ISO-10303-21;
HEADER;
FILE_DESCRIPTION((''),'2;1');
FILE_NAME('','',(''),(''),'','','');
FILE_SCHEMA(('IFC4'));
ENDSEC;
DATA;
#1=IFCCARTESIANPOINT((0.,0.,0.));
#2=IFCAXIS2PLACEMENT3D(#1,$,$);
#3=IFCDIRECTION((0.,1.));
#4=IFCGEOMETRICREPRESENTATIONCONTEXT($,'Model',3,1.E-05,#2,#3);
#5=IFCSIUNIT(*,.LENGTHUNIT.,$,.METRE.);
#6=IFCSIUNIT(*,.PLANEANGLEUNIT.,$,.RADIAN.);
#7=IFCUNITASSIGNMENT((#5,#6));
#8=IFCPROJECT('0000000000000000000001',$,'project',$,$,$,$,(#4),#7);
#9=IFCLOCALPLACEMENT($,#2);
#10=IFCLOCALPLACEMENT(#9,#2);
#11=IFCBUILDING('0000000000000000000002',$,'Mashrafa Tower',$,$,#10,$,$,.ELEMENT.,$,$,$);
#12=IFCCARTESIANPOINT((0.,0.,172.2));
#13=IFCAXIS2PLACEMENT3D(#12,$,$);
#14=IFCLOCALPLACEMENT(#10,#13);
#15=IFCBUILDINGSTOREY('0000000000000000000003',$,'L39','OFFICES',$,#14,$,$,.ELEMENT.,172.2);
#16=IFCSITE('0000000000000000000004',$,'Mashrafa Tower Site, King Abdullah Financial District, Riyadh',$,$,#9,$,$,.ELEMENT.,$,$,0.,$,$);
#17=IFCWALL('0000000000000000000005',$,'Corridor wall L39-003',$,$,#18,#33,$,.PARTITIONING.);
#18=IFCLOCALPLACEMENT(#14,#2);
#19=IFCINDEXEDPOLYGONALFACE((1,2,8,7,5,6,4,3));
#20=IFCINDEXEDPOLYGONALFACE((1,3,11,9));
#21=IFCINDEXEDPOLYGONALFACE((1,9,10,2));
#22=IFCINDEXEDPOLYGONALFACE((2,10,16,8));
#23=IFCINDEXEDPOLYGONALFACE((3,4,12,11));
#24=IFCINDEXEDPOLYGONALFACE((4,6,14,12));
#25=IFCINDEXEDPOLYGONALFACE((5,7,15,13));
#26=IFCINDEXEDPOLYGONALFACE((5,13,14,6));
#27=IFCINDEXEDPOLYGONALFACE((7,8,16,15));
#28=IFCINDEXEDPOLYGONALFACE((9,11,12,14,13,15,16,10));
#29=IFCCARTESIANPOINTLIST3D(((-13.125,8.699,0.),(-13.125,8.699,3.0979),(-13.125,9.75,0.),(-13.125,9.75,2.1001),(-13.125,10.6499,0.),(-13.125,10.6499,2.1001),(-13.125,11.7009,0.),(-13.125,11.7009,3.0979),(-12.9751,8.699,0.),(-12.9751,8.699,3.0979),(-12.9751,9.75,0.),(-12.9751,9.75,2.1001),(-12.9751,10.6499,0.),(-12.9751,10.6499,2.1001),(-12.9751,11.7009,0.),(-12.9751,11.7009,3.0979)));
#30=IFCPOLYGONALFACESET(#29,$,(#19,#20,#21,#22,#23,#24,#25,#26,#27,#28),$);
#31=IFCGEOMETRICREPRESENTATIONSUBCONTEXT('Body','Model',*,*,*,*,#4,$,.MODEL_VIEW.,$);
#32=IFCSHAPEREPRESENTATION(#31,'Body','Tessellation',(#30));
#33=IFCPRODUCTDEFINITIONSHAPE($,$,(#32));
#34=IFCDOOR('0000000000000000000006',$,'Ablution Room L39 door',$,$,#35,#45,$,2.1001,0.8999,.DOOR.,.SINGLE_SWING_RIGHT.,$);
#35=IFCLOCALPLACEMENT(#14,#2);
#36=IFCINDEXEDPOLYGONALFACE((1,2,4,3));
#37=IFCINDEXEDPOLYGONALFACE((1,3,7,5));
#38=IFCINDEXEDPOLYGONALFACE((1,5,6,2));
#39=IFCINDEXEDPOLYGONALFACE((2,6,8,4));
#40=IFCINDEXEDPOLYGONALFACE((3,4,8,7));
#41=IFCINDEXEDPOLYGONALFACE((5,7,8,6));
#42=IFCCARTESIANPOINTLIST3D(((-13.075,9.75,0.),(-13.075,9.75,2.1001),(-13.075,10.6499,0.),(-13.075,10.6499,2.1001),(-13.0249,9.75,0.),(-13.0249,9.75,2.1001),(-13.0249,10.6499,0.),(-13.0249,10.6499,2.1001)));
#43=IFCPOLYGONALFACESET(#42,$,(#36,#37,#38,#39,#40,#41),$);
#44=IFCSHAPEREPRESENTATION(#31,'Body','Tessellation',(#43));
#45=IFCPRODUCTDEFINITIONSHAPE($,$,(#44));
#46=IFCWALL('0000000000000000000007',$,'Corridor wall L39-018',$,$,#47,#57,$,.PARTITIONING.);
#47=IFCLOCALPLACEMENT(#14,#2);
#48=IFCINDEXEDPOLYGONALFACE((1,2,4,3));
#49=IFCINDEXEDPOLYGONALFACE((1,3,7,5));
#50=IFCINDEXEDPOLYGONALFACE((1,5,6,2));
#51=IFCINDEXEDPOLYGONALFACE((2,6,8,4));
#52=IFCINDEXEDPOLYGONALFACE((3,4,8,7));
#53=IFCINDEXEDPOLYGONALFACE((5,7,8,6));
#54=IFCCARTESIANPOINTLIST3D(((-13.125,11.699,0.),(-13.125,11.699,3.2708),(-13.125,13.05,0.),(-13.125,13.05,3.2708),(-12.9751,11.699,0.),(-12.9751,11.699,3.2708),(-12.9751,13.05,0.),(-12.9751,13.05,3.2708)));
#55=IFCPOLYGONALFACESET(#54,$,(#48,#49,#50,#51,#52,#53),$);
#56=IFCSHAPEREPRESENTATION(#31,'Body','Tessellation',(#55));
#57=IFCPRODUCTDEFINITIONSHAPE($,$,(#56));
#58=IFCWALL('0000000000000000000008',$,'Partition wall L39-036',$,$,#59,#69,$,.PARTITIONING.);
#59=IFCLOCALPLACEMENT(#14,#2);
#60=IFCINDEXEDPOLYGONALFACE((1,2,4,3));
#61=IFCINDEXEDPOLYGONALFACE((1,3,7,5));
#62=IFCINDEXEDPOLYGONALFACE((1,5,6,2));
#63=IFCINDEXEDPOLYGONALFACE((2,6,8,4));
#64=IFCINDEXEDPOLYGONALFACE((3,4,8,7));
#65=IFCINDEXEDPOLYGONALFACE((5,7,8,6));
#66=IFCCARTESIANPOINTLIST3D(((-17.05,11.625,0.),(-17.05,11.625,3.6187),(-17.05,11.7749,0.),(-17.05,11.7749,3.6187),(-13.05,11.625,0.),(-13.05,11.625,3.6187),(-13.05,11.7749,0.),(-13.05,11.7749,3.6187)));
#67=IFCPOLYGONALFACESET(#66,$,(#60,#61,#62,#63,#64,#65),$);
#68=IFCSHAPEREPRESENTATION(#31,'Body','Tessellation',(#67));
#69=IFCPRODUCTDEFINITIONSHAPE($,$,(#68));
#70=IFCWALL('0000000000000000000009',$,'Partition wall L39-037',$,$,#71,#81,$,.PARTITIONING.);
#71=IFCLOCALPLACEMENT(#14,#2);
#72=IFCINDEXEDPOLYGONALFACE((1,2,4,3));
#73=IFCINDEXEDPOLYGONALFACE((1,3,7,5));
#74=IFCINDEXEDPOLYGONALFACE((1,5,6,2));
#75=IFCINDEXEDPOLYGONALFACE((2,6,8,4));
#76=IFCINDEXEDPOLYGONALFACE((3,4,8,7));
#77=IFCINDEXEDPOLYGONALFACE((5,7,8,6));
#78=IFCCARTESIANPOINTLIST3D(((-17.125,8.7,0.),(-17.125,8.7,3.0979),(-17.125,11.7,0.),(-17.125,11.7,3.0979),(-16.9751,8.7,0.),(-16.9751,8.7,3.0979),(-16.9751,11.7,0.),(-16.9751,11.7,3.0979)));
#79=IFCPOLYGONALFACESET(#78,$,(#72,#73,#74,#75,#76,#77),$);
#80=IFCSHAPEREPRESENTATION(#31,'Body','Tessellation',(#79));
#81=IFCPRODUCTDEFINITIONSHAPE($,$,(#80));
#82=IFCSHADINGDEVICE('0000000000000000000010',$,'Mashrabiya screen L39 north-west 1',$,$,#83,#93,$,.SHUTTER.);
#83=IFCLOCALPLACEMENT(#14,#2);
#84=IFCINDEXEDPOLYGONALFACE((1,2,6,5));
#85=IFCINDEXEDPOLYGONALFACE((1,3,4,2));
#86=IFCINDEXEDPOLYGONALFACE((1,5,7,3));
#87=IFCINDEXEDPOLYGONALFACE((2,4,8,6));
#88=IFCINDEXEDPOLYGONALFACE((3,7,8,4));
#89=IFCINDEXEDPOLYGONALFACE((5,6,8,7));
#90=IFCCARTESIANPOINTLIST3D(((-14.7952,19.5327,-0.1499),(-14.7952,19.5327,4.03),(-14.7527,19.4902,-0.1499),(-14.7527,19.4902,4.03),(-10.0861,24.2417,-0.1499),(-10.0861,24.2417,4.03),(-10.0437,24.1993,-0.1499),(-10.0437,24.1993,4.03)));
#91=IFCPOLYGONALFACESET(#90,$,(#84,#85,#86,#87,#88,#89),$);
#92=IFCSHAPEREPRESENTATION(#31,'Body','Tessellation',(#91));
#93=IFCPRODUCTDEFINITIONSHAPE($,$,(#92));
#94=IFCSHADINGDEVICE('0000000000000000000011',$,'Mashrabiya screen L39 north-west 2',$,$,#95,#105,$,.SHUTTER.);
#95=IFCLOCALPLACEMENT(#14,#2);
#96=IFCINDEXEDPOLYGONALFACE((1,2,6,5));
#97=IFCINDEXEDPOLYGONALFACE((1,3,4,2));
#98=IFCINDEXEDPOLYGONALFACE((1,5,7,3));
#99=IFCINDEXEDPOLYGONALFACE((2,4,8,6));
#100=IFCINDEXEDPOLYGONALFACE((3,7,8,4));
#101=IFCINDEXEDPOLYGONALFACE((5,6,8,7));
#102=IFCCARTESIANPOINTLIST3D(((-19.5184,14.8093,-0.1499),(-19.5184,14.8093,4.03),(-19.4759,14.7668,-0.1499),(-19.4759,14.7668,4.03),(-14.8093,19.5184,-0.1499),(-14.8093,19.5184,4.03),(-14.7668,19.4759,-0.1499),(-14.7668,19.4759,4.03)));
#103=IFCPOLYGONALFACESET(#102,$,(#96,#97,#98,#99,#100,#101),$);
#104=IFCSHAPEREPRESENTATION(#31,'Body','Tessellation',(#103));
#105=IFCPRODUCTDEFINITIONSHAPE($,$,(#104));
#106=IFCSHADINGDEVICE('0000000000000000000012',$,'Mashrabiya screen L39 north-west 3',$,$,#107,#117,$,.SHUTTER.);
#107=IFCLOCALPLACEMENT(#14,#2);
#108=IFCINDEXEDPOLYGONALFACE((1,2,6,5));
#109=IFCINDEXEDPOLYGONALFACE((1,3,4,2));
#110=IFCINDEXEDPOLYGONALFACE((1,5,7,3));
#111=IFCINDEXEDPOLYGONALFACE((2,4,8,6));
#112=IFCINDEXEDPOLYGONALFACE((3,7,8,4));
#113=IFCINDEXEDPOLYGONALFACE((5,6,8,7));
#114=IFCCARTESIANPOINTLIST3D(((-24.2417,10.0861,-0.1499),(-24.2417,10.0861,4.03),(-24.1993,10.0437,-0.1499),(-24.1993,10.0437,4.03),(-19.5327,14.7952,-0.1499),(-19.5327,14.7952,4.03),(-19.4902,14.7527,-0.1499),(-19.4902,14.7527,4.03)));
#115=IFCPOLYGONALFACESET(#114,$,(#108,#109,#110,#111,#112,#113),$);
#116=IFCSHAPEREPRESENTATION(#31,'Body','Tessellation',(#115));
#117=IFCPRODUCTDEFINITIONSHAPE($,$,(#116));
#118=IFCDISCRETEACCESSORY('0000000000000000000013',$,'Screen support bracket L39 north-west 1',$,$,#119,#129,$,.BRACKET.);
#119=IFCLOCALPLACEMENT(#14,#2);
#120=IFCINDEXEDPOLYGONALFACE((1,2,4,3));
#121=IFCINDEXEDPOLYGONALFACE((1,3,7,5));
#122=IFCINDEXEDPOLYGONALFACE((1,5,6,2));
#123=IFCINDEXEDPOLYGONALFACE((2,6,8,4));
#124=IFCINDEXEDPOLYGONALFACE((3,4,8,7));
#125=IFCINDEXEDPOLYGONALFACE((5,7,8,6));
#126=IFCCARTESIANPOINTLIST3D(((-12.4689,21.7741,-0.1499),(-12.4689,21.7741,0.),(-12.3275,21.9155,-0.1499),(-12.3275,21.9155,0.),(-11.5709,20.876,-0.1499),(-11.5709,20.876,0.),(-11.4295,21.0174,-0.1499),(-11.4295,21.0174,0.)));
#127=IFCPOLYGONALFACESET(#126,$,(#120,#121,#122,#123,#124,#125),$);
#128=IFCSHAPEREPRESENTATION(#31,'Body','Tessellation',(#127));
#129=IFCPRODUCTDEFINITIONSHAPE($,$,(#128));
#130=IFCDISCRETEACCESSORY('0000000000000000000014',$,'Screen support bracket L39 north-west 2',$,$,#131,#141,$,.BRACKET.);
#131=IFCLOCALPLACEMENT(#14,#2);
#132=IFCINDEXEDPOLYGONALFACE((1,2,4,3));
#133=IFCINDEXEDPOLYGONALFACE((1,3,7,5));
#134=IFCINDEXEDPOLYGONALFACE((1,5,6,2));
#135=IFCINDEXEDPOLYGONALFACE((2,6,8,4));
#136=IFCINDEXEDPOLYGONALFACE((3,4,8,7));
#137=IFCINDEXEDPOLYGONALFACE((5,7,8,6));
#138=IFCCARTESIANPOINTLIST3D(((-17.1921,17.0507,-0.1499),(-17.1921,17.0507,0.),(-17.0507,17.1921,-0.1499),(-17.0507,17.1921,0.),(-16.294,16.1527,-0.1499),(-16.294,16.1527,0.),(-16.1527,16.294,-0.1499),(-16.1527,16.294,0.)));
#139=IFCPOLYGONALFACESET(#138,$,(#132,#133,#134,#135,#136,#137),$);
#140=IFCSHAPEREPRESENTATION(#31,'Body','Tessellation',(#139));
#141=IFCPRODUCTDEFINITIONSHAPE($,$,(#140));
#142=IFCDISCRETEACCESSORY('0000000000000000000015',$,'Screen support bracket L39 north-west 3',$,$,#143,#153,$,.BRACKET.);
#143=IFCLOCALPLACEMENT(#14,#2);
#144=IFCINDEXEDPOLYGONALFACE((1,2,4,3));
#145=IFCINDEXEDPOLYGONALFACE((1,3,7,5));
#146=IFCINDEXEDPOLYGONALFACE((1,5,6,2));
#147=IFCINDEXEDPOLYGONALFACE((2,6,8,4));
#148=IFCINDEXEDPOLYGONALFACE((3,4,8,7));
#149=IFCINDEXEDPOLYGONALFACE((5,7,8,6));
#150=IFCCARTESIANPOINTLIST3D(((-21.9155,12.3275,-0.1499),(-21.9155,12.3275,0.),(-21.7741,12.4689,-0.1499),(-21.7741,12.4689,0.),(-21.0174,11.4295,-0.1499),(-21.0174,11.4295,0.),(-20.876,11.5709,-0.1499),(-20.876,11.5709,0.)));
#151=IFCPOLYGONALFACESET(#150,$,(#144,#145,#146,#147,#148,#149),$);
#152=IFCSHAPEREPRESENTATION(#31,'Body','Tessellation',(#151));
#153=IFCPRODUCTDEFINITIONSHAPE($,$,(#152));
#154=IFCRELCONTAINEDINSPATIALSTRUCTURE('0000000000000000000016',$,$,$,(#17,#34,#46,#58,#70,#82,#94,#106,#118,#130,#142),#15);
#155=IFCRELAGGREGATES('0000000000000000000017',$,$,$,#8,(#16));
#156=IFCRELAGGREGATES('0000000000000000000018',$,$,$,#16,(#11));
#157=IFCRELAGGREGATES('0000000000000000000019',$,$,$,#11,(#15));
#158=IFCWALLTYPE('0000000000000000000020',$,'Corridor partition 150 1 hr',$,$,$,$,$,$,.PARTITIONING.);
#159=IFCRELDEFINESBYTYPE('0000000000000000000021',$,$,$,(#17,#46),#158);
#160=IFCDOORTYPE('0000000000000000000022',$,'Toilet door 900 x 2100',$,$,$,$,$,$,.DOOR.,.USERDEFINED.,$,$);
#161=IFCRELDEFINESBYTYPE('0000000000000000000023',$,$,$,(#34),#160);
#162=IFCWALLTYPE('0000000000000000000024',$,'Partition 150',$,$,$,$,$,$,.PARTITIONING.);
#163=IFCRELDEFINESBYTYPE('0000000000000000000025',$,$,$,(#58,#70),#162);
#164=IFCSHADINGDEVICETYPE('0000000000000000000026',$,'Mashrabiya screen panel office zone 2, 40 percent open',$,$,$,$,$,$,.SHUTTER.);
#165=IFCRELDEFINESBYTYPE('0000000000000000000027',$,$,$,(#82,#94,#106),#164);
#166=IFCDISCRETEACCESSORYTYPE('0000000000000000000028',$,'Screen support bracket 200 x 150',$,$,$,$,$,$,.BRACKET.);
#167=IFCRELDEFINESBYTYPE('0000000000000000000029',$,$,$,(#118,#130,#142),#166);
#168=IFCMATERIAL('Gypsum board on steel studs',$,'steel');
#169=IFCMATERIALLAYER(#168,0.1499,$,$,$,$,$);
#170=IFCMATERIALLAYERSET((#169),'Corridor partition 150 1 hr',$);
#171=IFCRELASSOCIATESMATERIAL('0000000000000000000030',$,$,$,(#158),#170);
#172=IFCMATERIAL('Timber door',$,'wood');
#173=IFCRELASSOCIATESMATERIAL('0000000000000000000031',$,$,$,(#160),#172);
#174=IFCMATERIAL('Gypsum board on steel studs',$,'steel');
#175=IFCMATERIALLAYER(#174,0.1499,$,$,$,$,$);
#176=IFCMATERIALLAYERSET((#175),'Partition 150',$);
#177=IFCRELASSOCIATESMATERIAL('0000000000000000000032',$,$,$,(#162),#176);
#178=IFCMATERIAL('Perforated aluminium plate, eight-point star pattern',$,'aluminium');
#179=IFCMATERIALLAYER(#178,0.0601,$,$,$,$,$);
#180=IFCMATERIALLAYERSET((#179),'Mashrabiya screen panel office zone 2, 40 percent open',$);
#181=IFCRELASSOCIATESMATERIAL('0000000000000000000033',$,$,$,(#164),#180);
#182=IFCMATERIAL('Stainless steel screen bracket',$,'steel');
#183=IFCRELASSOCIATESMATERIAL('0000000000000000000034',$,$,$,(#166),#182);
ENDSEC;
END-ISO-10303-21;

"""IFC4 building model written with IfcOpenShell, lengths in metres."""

from ifc_helpers import new_model, si_unit, direction, frame, frame_2d, origin, origin_2d, place, context, subcontext, project, spatial, rectangle, extrude, source, transform, mapped, material, layer, layer_set, type_object, type_shapes, element, fill, save


model = new_model("IFC4")

# Units and contexts
model_context = context("Model", 3, precision=1e-05, world=origin(), true_north=direction((0.0, 1.0)))
body_context = subcontext(model_context, "Body", "Model", "MODEL_VIEW")
ifc_project = project(units=[si_unit("LENGTHUNIT", "METRE"), si_unit("PLANEANGLEUNIT", "RADIAN")], contexts=[model_context])

# Site, building, storey
site_placement = place(None, origin())
site = spatial("IfcSite", under=ifc_project, at=site_placement, Name="Mashrafa Tower Site, King Abdullah Financial District, Riyadh", CompositionType="ELEMENT", RefElevation=0.0)
building_placement = place(site_placement, origin())
building = spatial("IfcBuilding", under=site, at=building_placement, Name="Mashrafa Tower", CompositionType="ELEMENT")
storey_placement = place(building_placement, frame((0.0, 0.0, 172.2)))
storey = spatial("IfcBuildingStorey", under=building, at=storey_placement, Name="L39", Description="OFFICES", CompositionType="ELEMENT", Elevation=172.2)

# Wall, opening, door
ifc_material_1 = material(Name="Gypsum board on steel studs", Category="steel")
ifc_layer_1 = layer(ifc_material_1, 0.1499)
ifc_layer_set_1 = layer_set([ifc_layer_1], Name="Corridor partition 150 1 hr")
wall_type_1 = type_object("IfcWallType", Name="Corridor partition 150 1 hr", PredefinedType="PARTITIONING", material=ifc_layer_set_1)
wall_1_placement = place(storey_placement, frame((-13.05, 11.7009, 0.0), z_axis=(0.0, 0.0, 1.0), x_axis=(0.0, -1.0, 0.0)))
wall_1 = element("IfcWall", 1, at=wall_1_placement, inside=storey, type_object=wall_type_1, Name="Corridor wall L39-003", PredefinedType="PARTITIONING", context=body_context, shape_type="SweptSolid", body=[
    extrude(rectangle(XDim=3.002, YDim=0.1499, at=frame_2d((1.501, 0.0))), origin(), (0.0, 0.0, 1.0), 3.0979),
])
opening_placement = place(wall_1_placement, frame((1.051, 0.0, 0.0)))
opening = element("IfcOpeningElement", 2, at=opening_placement, cuts=wall_1, PredefinedType="OPENING", context=body_context, shape_type="SweptSolid", body=[
    extrude(rectangle(XDim=0.8999, YDim=2.1001, at=frame_2d((0.45, 1.05))), frame((0.0, 0.085, 0.0), z_axis=(0.0, -1.0, 0.0), x_axis=(1.0, 0.0, 0.0)), (0.0, 0.0, 1.0), 0.1699),
])
ifc_material_2 = material(Name="Timber door", Category="wood")
door_type = type_object("IfcDoorType", Name="Toilet door 900 x 2100", OperationType="USERDEFINED", PredefinedType="DOOR", material=ifc_material_2)
door_placement = place(opening_placement, frame((0.8999, 0.0, 0.0), z_axis=(0.0, 0.0, 1.0), x_axis=(-1.0, 0.0, 0.0)))
door = element("IfcDoor", 3, at=door_placement, inside=storey, type_object=door_type, Name="Ablution Room L39 door", OperationType="SINGLE_SWING_RIGHT", OverallHeight=2.1001, OverallWidth=0.8999, PredefinedType="DOOR", context=body_context, shape_type="SweptSolid", body=[
    extrude(rectangle(XDim=0.8999, YDim=2.1001, at=frame_2d((0.45, 1.05))), frame((0.0, 0.0249, 0.0), z_axis=(0.0, -1.0, 0.0), x_axis=(1.0, 0.0, 0.0)), (0.0, 0.0, 1.0), 0.05),
])
fill(opening, door)

# Walls
wall_2_placement = place(storey_placement, frame((-13.05, 13.05, 0.0), z_axis=(0.0, 0.0, 1.0), x_axis=(0.0, -1.0, 0.0)))
element("IfcWall", 4, at=wall_2_placement, inside=storey, type_object=wall_type_1, Name="Corridor wall L39-018", PredefinedType="PARTITIONING", context=body_context, shape_type="SweptSolid", body=[
    extrude(rectangle(XDim=1.3511, YDim=0.1499, at=frame_2d((0.6755, 0.0))), origin(), (0.0, 0.0, 1.0), 3.2708),
])
ifc_material_3 = material(Name="Gypsum board on steel studs", Category="steel")
ifc_layer_2 = layer(ifc_material_3, 0.1499)
ifc_layer_set_2 = layer_set([ifc_layer_2], Name="Partition 150")
wall_type_2 = type_object("IfcWallType", Name="Partition 150", PredefinedType="PARTITIONING", material=ifc_layer_set_2)
wall_3_placement = place(storey_placement, frame((-13.05, 11.7, 0.0), z_axis=(0.0, 0.0, 1.0), x_axis=(-1.0, 0.0, 0.0)))
element("IfcWall", 5, at=wall_3_placement, inside=storey, type_object=wall_type_2, Name="Partition wall L39-036", PredefinedType="PARTITIONING", context=body_context, shape_type="SweptSolid", body=[
    extrude(rectangle(XDim=4.0, YDim=0.1499, at=frame_2d((2.0, 0.0))), origin(), (0.0, 0.0, 1.0), 3.6187),
])
wall_4_placement = place(storey_placement, frame((-17.05, 11.7, 0.0), z_axis=(0.0, 0.0, 1.0), x_axis=(0.0, -1.0, 0.0)))
element("IfcWall", 6, at=wall_4_placement, inside=storey, type_object=wall_type_2, Name="Partition wall L39-037", PredefinedType="PARTITIONING", context=body_context, shape_type="SweptSolid", body=[
    extrude(rectangle(XDim=3.0, YDim=0.1499, at=frame_2d((1.5, 0.0))), origin(), (0.0, 0.0, 1.0), 3.0979),
])

# Shading devices
ifc_material_4 = material(Name="Perforated aluminium plate, eight-point star pattern", Category="aluminium")
ifc_layer_3 = layer(ifc_material_4, 0.0601)
ifc_layer_set_3 = layer_set([ifc_layer_3], Name="Mashrabiya screen panel office zone 2, 40 percent open")
shading_device_type = type_object("IfcShadingDeviceType", Name="Mashrabiya screen panel office zone 2, 40 percent open", PredefinedType="SHUTTER", material=ifc_layer_set_3)
shared_shape_1 = source(origin(), body_context, "Body", "SweptSolid", [
    extrude(rectangle(XDim=6.6597, YDim=0.0601, at=origin_2d()), origin(), (0.0, 0.0, 1.0), 4.1799),
])
type_shapes(shading_device_type, [shared_shape_1])
for number, where, z_axis, x_axis, name in (
    (7, (-12.4194, 21.866, -0.1499), (0.0, 0.0, 1.0), (-0.707107, -0.707107, 0.0), "Mashrabiya screen L39 north-west 1"),
    (8, (-17.1426, 17.1426, -0.1499), (0.0, 0.0, 1.0), (-0.707107, -0.707107, 0.0), "Mashrabiya screen L39 north-west 2"),
    (9, (-21.866, 12.4194, -0.1499), (0.0, 0.0, 1.0), (-0.707107, -0.707107, 0.0), "Mashrabiya screen L39 north-west 3"),
):
    element("IfcShadingDevice", number, at=place(storey_placement, frame(where, z_axis=z_axis, x_axis=x_axis)), inside=storey, type_object=shading_device_type, Name=name, PredefinedType="SHUTTER", context=body_context, shape_type="MappedRepresentation", body=[
        mapped(shared_shape_1, transform((0.0, 0.0, 0.0))),
    ])

# Discrete accessories
ifc_material_5 = material(Name="Stainless steel screen bracket", Category="steel")
discrete_accessory_type = type_object("IfcDiscreteAccessoryType", Name="Screen support bracket 200 x 150", PredefinedType="BRACKET", material=ifc_material_5)
shared_shape_2 = source(origin(), body_context, "Body", "SweptSolid", [
    extrude(rectangle(XDim=0.2, YDim=1.27, at=origin_2d()), origin(), (0.0, 0.0, 1.0), 0.1499),
])
type_shapes(discrete_accessory_type, [shared_shape_2])
for number, where, z_axis, x_axis, name in (
    (10, (-11.9492, 21.3958, -0.1499), (0.0, 0.0, 1.0), (-0.707107, -0.707107, 0.0), "Screen support bracket L39 north-west 1"),
    (11, (-16.6724, 16.6724, -0.1499), (0.0, 0.0, 1.0), (-0.707107, -0.707107, 0.0), "Screen support bracket L39 north-west 2"),
    (12, (-21.3958, 11.9492, -0.1499), (0.0, 0.0, 1.0), (-0.707107, -0.707107, 0.0), "Screen support bracket L39 north-west 3"),
):
    element("IfcDiscreteAccessory", number, at=place(storey_placement, frame(where, z_axis=z_axis, x_axis=x_axis)), inside=storey, type_object=discrete_accessory_type, Name=name, PredefinedType="BRACKET", context=body_context, shape_type="MappedRepresentation", body=[
        mapped(shared_shape_2, transform((0.0, 0.0, 0.0))),
    ])

save(model, "model.ifc")
